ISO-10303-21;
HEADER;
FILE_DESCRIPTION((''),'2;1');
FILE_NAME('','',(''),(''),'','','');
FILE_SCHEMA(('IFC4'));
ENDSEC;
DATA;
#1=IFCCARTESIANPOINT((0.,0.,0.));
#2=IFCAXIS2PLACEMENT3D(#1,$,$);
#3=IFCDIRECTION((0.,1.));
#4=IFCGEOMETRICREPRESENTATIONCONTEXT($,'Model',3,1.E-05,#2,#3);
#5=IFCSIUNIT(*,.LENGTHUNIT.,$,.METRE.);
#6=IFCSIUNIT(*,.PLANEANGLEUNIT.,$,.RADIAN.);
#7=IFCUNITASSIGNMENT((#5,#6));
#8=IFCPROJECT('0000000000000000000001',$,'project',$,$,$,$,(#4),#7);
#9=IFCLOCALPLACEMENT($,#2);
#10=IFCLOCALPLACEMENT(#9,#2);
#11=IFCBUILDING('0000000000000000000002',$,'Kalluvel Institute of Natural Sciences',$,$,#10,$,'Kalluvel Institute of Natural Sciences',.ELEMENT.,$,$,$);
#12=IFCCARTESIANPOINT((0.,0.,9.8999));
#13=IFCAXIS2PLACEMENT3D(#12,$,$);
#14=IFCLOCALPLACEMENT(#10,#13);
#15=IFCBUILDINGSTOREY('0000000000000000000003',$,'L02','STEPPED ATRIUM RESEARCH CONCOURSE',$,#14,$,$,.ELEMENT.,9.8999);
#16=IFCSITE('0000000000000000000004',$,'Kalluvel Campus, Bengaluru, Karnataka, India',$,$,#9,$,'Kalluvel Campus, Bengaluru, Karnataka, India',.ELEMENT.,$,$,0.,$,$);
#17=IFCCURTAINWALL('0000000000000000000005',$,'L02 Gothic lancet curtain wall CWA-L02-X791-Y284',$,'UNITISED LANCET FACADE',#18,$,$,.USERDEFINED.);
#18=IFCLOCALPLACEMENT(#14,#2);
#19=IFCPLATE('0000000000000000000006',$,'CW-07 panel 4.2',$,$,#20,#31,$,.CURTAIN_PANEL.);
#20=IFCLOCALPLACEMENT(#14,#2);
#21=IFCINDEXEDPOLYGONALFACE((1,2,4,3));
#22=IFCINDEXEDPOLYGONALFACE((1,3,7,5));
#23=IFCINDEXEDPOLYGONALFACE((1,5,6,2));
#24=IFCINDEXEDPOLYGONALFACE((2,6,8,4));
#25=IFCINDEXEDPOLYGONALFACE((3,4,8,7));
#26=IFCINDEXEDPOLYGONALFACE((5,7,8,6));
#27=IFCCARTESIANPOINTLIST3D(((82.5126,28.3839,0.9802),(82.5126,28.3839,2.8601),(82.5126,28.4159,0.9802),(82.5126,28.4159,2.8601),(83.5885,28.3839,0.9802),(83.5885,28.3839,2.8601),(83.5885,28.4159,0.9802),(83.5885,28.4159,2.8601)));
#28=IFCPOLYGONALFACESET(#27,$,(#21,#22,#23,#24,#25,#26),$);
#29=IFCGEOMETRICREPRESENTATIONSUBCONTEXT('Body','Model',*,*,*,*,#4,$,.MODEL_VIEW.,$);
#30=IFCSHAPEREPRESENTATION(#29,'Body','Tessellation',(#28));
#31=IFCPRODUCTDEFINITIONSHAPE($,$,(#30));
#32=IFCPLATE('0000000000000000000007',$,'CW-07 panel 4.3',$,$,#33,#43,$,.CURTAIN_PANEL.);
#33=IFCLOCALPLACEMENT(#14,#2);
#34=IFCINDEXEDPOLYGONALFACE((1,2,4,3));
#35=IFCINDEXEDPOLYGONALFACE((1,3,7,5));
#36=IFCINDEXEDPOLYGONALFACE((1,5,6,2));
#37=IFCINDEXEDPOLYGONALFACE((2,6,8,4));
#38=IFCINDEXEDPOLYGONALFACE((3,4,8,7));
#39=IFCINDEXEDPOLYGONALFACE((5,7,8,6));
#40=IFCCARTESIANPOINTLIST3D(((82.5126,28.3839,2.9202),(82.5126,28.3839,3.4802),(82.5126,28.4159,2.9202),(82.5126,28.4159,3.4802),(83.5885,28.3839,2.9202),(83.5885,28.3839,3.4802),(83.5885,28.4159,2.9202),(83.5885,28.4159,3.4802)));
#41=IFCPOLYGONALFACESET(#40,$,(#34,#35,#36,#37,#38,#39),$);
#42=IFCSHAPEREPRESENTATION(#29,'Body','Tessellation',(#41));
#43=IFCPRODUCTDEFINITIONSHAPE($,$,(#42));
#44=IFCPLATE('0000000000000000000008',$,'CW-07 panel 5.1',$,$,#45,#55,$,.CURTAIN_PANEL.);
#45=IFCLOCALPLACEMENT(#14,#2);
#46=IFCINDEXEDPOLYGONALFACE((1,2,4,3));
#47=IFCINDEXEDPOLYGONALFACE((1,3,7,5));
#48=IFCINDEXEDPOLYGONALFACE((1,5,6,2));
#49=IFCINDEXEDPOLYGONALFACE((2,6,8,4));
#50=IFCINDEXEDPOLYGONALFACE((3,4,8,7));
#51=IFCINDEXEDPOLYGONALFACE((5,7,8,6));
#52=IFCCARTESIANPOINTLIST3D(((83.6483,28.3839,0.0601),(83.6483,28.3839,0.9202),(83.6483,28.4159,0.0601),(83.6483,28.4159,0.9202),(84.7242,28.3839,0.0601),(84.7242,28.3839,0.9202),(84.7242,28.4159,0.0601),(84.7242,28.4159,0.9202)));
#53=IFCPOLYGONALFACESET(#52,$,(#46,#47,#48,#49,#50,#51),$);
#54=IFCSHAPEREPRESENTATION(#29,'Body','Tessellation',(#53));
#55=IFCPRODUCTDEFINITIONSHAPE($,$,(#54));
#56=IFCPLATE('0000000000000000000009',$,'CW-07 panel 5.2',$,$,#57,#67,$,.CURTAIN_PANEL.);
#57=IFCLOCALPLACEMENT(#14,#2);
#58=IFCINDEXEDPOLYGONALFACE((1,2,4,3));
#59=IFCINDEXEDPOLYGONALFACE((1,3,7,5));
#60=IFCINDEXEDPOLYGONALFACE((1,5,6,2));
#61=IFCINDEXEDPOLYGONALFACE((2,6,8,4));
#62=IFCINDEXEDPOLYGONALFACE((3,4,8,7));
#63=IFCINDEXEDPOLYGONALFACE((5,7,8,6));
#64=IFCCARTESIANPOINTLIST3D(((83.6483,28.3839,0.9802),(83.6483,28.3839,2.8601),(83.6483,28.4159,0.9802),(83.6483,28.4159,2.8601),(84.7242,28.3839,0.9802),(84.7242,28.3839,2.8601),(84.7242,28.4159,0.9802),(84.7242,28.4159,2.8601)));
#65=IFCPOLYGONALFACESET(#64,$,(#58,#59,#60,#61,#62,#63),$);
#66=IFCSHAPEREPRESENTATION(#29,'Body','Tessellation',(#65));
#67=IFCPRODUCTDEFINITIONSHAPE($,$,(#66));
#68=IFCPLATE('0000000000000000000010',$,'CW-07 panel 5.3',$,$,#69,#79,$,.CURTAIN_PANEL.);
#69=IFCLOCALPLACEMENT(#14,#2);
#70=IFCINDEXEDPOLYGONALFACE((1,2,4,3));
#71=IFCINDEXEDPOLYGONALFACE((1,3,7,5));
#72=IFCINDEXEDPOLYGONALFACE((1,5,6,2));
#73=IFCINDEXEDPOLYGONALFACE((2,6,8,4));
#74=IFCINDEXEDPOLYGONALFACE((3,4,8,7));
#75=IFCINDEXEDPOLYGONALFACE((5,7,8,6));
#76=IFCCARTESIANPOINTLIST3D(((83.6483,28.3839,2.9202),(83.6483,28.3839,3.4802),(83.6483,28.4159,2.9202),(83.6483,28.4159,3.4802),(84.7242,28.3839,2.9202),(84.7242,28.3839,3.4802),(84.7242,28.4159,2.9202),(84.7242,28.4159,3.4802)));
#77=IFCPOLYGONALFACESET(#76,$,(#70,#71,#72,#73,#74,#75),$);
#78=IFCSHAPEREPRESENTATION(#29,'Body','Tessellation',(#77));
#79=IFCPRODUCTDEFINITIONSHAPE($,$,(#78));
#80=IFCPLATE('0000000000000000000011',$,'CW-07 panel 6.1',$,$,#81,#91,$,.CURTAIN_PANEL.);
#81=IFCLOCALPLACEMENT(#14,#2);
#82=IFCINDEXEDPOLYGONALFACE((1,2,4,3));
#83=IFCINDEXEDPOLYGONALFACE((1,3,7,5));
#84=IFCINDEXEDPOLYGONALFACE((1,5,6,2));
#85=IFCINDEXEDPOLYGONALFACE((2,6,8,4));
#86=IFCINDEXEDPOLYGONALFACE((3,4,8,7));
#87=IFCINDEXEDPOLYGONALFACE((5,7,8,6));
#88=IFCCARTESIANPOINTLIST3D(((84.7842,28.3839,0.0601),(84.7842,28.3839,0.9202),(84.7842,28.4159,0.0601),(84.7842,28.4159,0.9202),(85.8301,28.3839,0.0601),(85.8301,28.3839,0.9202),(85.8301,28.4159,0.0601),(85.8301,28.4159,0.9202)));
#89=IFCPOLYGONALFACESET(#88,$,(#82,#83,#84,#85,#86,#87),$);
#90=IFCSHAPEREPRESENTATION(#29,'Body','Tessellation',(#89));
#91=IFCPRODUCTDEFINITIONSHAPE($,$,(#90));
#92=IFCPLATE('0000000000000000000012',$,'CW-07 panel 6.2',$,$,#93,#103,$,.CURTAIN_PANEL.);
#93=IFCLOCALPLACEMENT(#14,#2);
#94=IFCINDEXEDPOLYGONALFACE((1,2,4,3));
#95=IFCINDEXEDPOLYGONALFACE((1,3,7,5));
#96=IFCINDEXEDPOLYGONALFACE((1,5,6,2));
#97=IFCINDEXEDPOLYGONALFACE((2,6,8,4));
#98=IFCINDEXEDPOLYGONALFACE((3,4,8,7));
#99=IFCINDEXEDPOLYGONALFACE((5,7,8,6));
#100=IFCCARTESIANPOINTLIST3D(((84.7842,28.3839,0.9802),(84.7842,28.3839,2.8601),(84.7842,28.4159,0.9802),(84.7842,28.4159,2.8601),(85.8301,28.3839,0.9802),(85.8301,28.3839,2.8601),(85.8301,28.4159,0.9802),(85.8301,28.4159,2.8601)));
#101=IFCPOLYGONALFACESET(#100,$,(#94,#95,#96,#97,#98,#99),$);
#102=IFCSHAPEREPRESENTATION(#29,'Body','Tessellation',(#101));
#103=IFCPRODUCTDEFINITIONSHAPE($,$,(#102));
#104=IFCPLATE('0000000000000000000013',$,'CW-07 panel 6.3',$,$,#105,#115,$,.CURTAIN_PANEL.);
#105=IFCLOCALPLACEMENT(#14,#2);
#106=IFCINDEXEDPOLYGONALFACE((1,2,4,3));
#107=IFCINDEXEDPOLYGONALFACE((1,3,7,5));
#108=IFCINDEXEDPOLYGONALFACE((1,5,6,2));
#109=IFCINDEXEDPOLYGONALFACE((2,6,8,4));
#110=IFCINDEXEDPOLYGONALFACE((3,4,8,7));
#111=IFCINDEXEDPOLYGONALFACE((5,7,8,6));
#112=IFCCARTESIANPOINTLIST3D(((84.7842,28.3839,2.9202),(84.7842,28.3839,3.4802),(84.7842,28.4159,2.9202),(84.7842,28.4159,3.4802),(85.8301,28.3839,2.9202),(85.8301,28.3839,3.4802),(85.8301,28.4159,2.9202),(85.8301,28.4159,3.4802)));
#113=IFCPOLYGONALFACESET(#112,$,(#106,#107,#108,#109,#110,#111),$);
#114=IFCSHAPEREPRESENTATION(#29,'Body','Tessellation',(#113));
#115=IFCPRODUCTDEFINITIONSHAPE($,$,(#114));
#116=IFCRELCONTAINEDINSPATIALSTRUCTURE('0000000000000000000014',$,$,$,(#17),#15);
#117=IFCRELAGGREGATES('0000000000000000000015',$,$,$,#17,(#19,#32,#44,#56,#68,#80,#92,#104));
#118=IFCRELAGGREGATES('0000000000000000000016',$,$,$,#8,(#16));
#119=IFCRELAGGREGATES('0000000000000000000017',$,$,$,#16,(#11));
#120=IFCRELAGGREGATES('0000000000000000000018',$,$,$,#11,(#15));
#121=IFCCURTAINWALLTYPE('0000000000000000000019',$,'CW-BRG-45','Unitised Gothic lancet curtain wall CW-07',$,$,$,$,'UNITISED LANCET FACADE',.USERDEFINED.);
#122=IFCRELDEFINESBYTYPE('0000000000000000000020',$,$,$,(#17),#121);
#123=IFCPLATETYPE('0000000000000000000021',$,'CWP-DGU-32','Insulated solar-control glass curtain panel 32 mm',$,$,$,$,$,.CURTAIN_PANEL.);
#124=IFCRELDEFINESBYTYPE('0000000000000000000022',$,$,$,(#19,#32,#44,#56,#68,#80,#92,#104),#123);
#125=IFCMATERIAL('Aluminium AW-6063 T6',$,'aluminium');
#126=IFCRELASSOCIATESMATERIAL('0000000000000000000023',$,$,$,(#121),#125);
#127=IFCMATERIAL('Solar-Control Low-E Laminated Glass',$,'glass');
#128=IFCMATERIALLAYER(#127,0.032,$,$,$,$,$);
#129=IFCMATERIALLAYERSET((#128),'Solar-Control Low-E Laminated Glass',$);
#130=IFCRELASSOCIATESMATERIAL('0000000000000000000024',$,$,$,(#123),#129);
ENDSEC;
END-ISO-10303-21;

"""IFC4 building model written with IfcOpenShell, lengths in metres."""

from ifc_helpers import new_model, si_unit, direction, frame, origin, origin_2d, place, context, subcontext, project, spatial, rectangle, extrude, material, layer, layer_set, type_object, element, aggregate, save


model = new_model("IFC4")

# Units and contexts
model_context = context("Model", 3, precision=1e-05, world=origin(), true_north=direction((0.0, 1.0)))
body_context = subcontext(model_context, "Body", "Model", "MODEL_VIEW")
ifc_project = project(units=[si_unit("LENGTHUNIT", "METRE"), si_unit("PLANEANGLEUNIT", "RADIAN")], contexts=[model_context])

# Site, building, storey
site_placement = place(None, origin())
site = spatial("IfcSite", under=ifc_project, at=site_placement, Name="Kalluvel Campus, Bengaluru, Karnataka, India", LongName="Kalluvel Campus, Bengaluru, Karnataka, India", CompositionType="ELEMENT", RefElevation=0.0)
building_placement = place(site_placement, origin())
building = spatial("IfcBuilding", under=site, at=building_placement, Name="Kalluvel Institute of Natural Sciences", LongName="Kalluvel Institute of Natural Sciences", CompositionType="ELEMENT")
storey_placement = place(building_placement, frame((0.0, 0.0, 9.8999)))
storey = spatial("IfcBuildingStorey", under=building, at=storey_placement, Name="L02", Description="STEPPED ATRIUM RESEARCH CONCOURSE", CompositionType="ELEMENT", Elevation=9.8999)

# Curtain wall
ifc_material_1 = material(Name="Aluminium AW-6063 T6", Category="aluminium")
curtain_wall_type = type_object("IfcCurtainWallType", Name="CW-BRG-45", Description="Unitised Gothic lancet curtain wall CW-07", ElementType="UNITISED LANCET FACADE", PredefinedType="USERDEFINED", material=ifc_material_1)
curtain_wall_1_placement = place(storey_placement, origin())
curtain_wall_1 = element("IfcCurtainWall", 1, at=curtain_wall_1_placement, inside=storey, type_object=curtain_wall_type, Name="L02 Gothic lancet curtain wall CWA-L02-X791-Y284", ObjectType="UNITISED LANCET FACADE", PredefinedType="USERDEFINED")

# Plates
ifc_material_2 = material(Name="Solar-Control Low-E Laminated Glass", Category="glass")
ifc_layer = layer(ifc_material_2, 0.032)
ifc_layer_set = layer_set([ifc_layer], Name="Solar-Control Low-E Laminated Glass")
plate_type = type_object("IfcPlateType", Name="CWP-DGU-32", Description="Insulated solar-control glass curtain panel 32 mm", PredefinedType="CURTAIN_PANEL", material=ifc_layer_set)
plate_1_placement = place(storey_placement, frame((83.0505, 28.3999, 0.9802), z_axis=(0.0, 0.0, 1.0), x_axis=(1.0, 0.0, 0.0)))
plate_1 = element("IfcPlate", 2, at=plate_1_placement, type_object=plate_type, Name="CW-07 panel 4.2", PredefinedType="CURTAIN_PANEL", context=body_context, shape_type="SweptSolid", body=[
    extrude(rectangle(XDim=1.0759, YDim=0.032, at=origin_2d()), origin(), (0.0, 0.0, 1.0), 1.8799),
])
plate_2_placement = place(storey_placement, frame((83.0505, 28.3999, 2.9202), z_axis=(0.0, 0.0, 1.0), x_axis=(1.0, 0.0, 0.0)))
plate_2 = element("IfcPlate", 3, at=plate_2_placement, type_object=plate_type, Name="CW-07 panel 4.3", PredefinedType="CURTAIN_PANEL", context=body_context, shape_type="SweptSolid", body=[
    extrude(rectangle(XDim=1.0759, YDim=0.032, at=origin_2d()), origin(), (0.0, 0.0, 1.0), 0.5601),
])
plate_3_placement = place(storey_placement, frame((84.1863, 28.3999, 0.0601), z_axis=(0.0, 0.0, 1.0), x_axis=(1.0, 0.0, 0.0)))
plate_3 = element("IfcPlate", 4, at=plate_3_placement, type_object=plate_type, Name="CW-07 panel 5.1", PredefinedType="CURTAIN_PANEL", context=body_context, shape_type="SweptSolid", body=[
    extrude(rectangle(XDim=1.0759, YDim=0.032, at=origin_2d()), origin(), (0.0, 0.0, 1.0), 0.8601),
])
plate_4_placement = place(storey_placement, frame((84.1863, 28.3999, 0.9802), z_axis=(0.0, 0.0, 1.0), x_axis=(1.0, 0.0, 0.0)))
plate_4 = element("IfcPlate", 5, at=plate_4_placement, type_object=plate_type, Name="CW-07 panel 5.2", PredefinedType="CURTAIN_PANEL", context=body_context, shape_type="SweptSolid", body=[
    extrude(rectangle(XDim=1.0759, YDim=0.032, at=origin_2d()), origin(), (0.0, 0.0, 1.0), 1.8799),
])
plate_5_placement = place(storey_placement, frame((84.1863, 28.3999, 2.9202), z_axis=(0.0, 0.0, 1.0), x_axis=(1.0, 0.0, 0.0)))
plate_5 = element("IfcPlate", 6, at=plate_5_placement, type_object=plate_type, Name="CW-07 panel 5.3", PredefinedType="CURTAIN_PANEL", context=body_context, shape_type="SweptSolid", body=[
    extrude(rectangle(XDim=1.0759, YDim=0.032, at=origin_2d()), origin(), (0.0, 0.0, 1.0), 0.5601),
])
plate_6_placement = place(storey_placement, frame((85.3071, 28.3999, 0.0601), z_axis=(0.0, 0.0, 1.0), x_axis=(1.0, 0.0, 0.0)))
plate_6 = element("IfcPlate", 7, at=plate_6_placement, type_object=plate_type, Name="CW-07 panel 6.1", PredefinedType="CURTAIN_PANEL", context=body_context, shape_type="SweptSolid", body=[
    extrude(rectangle(XDim=1.0459, YDim=0.032, at=origin_2d()), origin(), (0.0, 0.0, 1.0), 0.8601),
])
plate_7_placement = place(storey_placement, frame((85.3071, 28.3999, 0.9802), z_axis=(0.0, 0.0, 1.0), x_axis=(1.0, 0.0, 0.0)))
plate_7 = element("IfcPlate", 8, at=plate_7_placement, type_object=plate_type, Name="CW-07 panel 6.2", PredefinedType="CURTAIN_PANEL", context=body_context, shape_type="SweptSolid", body=[
    extrude(rectangle(XDim=1.0459, YDim=0.032, at=origin_2d()), origin(), (0.0, 0.0, 1.0), 1.8799),
])
plate_8_placement = place(storey_placement, frame((85.3071, 28.3999, 2.9202), z_axis=(0.0, 0.0, 1.0), x_axis=(1.0, 0.0, 0.0)))
plate_8 = element("IfcPlate", 9, at=plate_8_placement, type_object=plate_type, Name="CW-07 panel 6.3", PredefinedType="CURTAIN_PANEL", context=body_context, shape_type="SweptSolid", body=[
    extrude(rectangle(XDim=1.0459, YDim=0.032, at=origin_2d()), origin(), (0.0, 0.0, 1.0), 0.5601),
])
aggregate(curtain_wall_1, [plate_1, plate_2, plate_3, plate_4, plate_5, plate_6, plate_7, plate_8])

save(model, "model.ifc")
